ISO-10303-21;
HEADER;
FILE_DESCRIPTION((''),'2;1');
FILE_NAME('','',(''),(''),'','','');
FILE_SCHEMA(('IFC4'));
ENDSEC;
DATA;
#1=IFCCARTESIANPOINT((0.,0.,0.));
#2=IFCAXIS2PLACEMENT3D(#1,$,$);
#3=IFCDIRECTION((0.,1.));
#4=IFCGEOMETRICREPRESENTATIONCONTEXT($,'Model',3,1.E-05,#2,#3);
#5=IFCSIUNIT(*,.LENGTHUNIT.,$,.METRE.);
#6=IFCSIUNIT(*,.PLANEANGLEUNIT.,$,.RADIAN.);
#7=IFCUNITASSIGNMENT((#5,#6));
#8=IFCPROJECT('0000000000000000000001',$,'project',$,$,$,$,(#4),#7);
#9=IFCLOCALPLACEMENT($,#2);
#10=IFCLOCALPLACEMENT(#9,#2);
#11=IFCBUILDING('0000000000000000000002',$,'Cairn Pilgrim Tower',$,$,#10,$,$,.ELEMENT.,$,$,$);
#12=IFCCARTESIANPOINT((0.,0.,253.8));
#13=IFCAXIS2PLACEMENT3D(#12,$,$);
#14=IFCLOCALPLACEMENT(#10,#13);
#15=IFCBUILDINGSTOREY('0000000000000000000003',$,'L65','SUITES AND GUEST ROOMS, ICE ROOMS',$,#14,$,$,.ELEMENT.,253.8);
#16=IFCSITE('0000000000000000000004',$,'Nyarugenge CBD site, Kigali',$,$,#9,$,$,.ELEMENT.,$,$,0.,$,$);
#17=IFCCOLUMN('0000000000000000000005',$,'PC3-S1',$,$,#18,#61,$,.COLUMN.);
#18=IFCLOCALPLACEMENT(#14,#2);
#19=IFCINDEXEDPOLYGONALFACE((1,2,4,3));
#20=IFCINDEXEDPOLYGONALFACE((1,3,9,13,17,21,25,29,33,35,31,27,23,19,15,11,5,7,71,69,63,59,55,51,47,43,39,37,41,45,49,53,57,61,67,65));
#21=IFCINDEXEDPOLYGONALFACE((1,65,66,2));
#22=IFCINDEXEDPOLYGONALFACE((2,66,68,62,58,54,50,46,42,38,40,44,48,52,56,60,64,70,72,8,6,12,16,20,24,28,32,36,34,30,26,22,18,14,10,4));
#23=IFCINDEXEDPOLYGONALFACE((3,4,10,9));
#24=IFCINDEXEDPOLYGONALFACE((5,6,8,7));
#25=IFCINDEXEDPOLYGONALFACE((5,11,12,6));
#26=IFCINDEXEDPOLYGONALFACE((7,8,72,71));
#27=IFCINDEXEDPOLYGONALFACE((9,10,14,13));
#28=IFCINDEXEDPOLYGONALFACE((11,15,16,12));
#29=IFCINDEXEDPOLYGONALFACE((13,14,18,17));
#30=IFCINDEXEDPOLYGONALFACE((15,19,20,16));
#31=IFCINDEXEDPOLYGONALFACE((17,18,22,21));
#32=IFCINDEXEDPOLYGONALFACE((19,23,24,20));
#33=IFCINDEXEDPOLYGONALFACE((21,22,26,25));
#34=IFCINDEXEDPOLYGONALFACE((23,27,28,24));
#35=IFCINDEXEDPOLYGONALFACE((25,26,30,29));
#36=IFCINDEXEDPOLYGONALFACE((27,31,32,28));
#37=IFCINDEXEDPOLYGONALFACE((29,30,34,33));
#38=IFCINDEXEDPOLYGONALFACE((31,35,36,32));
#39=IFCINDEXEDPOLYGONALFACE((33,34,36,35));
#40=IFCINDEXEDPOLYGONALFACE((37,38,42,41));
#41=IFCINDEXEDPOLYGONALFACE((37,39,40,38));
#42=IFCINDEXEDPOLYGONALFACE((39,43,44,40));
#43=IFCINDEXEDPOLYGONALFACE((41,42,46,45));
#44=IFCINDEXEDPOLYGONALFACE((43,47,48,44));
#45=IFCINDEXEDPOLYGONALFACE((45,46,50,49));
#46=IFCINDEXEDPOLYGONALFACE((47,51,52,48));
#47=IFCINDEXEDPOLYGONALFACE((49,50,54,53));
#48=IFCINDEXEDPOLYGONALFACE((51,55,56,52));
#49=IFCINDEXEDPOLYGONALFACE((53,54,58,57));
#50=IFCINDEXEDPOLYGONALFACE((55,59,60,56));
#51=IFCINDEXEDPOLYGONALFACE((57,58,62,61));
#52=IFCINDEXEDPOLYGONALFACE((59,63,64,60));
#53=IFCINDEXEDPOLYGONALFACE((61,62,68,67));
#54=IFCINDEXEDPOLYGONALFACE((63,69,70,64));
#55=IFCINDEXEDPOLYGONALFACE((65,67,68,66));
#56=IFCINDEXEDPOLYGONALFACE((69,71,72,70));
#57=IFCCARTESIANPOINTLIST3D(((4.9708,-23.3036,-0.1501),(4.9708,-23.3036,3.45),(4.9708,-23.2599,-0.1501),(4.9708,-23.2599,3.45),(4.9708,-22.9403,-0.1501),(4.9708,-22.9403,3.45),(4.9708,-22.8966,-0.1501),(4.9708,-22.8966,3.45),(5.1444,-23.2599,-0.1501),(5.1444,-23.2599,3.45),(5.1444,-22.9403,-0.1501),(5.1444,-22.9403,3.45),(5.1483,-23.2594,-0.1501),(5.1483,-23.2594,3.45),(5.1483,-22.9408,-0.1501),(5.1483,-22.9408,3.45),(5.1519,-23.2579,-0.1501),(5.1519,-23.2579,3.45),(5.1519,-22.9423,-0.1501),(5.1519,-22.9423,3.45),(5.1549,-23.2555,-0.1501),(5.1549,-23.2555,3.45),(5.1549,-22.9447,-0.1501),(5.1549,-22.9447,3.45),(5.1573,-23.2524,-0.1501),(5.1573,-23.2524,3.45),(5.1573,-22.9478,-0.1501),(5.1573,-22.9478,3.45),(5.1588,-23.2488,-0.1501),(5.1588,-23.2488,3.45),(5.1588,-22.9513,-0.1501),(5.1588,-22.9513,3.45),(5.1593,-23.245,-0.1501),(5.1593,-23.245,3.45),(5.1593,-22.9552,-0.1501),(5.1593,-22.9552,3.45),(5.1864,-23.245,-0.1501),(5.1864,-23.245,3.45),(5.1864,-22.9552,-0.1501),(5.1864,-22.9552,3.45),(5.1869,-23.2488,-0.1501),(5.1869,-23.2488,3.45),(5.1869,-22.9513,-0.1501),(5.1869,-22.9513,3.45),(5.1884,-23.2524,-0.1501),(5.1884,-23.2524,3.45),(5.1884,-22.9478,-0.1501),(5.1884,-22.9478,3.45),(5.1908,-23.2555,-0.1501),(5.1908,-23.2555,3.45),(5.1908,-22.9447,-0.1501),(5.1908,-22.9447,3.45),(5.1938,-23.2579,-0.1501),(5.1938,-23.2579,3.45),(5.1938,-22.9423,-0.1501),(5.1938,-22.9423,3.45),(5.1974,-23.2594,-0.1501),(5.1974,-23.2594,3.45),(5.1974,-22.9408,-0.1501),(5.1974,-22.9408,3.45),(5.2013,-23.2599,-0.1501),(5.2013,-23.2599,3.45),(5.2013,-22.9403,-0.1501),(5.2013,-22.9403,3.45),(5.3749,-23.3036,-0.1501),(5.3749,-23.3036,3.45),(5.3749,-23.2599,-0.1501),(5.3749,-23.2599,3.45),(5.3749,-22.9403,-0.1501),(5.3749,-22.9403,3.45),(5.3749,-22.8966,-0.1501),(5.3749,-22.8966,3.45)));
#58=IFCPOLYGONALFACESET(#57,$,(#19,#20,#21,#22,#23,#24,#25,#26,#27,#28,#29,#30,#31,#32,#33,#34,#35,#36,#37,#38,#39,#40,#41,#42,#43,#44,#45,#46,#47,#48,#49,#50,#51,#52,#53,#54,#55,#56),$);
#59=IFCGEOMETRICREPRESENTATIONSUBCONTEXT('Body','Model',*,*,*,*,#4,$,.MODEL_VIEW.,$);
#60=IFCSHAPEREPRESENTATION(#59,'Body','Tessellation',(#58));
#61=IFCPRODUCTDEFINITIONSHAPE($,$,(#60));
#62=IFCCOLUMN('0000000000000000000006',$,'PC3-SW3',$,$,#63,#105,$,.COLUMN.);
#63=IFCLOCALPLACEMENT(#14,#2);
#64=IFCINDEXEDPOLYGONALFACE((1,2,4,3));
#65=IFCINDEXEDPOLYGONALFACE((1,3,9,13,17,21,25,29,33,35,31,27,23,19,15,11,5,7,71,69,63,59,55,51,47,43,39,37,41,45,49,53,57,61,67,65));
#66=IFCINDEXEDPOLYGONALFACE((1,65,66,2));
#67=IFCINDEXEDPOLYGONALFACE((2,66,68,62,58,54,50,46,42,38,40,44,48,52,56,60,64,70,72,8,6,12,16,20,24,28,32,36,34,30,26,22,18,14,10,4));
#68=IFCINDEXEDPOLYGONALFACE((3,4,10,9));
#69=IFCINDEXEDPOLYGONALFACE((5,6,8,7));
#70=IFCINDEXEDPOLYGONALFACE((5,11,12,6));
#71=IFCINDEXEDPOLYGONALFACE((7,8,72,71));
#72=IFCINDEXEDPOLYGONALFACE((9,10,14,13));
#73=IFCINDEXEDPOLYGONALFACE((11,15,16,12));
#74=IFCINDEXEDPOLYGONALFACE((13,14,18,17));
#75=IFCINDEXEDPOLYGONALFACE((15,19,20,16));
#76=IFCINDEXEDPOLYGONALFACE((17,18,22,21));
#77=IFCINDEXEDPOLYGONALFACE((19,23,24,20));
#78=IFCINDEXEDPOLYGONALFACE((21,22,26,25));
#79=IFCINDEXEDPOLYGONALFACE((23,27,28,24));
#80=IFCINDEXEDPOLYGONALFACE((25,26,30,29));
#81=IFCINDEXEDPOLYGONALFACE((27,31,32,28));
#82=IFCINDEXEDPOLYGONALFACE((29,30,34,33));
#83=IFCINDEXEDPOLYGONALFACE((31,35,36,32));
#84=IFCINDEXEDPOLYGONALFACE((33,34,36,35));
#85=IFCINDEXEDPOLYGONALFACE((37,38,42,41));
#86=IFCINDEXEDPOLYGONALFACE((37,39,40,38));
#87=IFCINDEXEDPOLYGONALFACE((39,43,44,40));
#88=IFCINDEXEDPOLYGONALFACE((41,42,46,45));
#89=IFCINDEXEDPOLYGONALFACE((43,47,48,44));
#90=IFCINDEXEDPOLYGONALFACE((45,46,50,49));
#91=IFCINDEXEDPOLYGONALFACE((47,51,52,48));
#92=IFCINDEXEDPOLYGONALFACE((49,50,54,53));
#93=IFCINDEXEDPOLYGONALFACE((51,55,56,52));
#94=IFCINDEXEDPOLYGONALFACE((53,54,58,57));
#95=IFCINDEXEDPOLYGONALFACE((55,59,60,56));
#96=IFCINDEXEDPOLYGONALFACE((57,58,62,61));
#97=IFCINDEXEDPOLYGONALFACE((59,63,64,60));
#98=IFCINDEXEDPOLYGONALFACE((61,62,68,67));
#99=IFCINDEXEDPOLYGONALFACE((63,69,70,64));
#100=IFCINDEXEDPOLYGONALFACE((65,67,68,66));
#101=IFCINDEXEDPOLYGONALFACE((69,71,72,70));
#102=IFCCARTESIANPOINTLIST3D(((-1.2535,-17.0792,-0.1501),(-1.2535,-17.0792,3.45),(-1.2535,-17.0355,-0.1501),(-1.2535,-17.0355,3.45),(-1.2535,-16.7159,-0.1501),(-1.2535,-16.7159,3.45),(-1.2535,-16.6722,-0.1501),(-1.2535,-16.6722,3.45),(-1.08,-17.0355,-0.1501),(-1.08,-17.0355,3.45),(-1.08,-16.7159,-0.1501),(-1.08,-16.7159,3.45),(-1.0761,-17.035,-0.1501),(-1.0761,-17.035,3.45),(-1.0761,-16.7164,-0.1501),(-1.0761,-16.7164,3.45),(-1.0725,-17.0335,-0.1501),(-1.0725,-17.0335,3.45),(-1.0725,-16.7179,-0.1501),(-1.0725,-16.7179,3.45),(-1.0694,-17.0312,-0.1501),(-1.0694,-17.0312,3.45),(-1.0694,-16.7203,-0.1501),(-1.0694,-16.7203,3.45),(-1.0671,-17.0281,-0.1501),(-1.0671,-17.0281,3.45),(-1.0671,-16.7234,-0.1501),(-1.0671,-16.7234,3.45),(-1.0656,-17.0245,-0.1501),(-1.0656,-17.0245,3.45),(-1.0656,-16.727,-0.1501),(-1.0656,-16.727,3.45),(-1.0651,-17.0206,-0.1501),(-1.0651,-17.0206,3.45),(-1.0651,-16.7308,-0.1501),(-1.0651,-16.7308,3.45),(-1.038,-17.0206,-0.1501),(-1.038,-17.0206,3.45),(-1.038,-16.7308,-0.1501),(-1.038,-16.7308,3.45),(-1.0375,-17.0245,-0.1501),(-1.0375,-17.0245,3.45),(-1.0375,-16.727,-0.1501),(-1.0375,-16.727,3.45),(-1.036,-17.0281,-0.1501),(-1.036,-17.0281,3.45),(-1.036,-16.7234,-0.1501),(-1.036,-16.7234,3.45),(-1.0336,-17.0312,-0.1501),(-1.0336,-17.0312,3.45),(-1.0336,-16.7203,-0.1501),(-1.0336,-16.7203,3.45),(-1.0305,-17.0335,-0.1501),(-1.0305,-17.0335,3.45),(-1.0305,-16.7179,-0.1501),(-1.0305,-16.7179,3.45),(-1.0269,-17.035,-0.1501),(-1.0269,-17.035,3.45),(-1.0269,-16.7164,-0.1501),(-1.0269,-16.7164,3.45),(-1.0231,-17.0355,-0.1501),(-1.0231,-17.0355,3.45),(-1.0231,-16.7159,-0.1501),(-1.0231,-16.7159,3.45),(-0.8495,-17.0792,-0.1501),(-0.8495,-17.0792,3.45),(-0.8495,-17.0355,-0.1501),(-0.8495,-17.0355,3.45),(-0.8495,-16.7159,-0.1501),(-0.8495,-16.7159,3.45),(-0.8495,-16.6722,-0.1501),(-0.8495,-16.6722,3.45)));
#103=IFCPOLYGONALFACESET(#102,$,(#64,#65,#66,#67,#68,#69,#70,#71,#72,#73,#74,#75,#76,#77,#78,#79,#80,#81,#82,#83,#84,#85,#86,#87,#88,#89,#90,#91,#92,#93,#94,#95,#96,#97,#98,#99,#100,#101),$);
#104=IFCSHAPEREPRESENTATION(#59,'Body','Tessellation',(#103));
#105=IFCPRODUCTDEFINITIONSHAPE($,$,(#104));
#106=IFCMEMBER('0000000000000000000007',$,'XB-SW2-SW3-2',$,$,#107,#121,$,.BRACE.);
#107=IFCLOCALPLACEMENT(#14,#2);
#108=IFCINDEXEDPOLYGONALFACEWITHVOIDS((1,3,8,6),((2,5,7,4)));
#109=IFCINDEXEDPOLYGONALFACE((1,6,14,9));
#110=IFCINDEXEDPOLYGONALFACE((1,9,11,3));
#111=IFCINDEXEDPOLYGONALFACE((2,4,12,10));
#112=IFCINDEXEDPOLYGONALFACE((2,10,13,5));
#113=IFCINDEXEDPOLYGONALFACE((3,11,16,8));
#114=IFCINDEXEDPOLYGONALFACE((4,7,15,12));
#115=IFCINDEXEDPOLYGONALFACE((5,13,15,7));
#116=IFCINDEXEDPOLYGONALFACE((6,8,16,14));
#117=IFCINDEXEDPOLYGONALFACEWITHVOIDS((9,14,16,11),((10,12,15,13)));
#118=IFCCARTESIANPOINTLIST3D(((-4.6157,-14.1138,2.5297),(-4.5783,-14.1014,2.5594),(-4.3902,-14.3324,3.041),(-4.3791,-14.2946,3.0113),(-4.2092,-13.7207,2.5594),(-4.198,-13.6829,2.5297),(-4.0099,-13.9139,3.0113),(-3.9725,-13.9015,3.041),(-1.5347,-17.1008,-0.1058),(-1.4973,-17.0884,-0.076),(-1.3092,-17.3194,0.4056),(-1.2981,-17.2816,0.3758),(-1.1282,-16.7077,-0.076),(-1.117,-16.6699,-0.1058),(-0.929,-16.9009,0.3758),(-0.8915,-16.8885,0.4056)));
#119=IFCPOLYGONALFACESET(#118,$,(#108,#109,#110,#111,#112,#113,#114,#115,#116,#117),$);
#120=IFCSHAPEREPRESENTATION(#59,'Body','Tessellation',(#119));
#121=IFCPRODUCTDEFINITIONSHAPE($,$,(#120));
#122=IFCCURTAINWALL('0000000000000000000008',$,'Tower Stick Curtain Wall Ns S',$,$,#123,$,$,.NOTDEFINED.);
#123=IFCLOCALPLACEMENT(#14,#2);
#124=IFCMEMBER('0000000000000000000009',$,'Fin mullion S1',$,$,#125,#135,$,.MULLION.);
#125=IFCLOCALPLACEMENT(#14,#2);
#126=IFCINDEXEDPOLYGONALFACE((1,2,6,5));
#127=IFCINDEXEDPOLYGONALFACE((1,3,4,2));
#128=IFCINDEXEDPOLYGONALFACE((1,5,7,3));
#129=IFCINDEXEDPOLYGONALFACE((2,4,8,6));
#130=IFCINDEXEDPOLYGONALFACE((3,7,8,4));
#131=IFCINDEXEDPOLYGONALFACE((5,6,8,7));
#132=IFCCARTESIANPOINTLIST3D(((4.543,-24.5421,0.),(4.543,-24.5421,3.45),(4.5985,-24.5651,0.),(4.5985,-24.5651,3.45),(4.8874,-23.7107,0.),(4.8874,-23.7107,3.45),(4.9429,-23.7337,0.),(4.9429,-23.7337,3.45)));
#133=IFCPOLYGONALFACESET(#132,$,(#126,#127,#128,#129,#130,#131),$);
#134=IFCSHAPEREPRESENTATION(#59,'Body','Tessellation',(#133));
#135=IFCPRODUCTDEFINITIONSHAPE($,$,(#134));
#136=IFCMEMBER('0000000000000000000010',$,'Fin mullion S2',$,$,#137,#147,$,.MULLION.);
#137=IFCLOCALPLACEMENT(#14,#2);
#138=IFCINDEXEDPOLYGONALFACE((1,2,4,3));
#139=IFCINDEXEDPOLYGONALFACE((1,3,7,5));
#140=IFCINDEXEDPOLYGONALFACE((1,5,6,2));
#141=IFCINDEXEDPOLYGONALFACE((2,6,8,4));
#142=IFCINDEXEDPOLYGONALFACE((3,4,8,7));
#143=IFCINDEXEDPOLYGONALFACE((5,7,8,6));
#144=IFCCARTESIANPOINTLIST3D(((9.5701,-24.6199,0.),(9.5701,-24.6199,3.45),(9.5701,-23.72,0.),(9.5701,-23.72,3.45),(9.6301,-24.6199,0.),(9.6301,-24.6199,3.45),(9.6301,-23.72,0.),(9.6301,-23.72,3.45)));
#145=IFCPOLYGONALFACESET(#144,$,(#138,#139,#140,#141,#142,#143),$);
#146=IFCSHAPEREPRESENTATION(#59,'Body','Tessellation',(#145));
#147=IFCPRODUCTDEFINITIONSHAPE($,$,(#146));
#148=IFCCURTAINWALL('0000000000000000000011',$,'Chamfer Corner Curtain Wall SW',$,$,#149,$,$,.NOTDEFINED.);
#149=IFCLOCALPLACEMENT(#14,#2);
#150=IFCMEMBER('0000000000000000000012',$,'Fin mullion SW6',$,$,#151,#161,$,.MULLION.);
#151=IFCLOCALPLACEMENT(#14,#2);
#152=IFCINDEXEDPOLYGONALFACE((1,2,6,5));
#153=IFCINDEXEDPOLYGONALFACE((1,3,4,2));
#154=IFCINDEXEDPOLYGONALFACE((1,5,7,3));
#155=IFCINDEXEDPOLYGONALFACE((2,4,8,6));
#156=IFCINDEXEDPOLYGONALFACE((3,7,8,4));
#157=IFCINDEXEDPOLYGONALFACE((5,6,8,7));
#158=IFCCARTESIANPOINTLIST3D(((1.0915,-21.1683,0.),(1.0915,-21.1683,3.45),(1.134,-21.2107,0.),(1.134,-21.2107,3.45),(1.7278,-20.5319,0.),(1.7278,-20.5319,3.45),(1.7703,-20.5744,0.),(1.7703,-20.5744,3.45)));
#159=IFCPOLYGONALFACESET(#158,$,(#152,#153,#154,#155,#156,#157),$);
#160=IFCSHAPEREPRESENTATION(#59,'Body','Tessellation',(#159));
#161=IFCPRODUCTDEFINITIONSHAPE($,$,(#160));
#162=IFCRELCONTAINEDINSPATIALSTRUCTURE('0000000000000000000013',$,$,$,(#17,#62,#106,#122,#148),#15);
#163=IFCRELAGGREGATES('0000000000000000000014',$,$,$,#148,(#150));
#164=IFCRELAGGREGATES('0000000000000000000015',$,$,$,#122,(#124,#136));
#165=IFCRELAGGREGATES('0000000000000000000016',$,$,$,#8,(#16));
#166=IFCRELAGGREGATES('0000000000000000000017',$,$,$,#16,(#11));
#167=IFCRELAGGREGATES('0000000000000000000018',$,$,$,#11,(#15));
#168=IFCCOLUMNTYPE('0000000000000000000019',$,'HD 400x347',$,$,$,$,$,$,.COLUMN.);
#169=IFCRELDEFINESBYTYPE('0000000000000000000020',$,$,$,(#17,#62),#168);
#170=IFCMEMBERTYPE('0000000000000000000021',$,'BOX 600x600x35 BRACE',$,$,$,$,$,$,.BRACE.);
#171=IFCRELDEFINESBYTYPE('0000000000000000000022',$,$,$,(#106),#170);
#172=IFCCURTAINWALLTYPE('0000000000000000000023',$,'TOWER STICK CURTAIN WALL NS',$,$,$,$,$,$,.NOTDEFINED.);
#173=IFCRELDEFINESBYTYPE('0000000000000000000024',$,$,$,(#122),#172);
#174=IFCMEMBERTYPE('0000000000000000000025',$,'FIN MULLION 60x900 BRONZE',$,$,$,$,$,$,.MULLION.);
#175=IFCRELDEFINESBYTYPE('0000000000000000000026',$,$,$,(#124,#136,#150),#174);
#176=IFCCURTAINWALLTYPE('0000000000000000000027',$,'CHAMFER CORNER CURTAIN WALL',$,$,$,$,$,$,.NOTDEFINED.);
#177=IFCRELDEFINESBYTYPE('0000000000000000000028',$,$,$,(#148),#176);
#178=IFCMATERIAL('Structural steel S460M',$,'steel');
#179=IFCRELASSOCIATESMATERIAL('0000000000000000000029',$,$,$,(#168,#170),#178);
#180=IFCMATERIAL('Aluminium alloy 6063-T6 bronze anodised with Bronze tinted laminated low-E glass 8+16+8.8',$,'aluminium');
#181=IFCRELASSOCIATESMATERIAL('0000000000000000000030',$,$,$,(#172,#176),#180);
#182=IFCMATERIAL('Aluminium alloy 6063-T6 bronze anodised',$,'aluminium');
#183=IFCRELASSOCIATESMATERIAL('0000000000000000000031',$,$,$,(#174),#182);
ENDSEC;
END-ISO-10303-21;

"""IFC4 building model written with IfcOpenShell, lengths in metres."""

from ifc_helpers import new_model, si_unit, direction, frame, origin, origin_2d, place, context, subcontext, project, spatial, rectangle, hollow_rectangle, i_section, extrude, material, material_profile, profile_set, type_object, element, aggregate, save


model = new_model("IFC4")

# Units and contexts
model_context = context("Model", 3, precision=1e-05, world=origin(), true_north=direction((0.0, 1.0)))
body_context = subcontext(model_context, "Body", "Model", "MODEL_VIEW")
ifc_project = project(units=[si_unit("LENGTHUNIT", "METRE"), si_unit("PLANEANGLEUNIT", "RADIAN")], contexts=[model_context])

# Site, building, storey
site_placement = place(None, origin())
site = spatial("IfcSite", under=ifc_project, at=site_placement, Name="Nyarugenge CBD site, Kigali", CompositionType="ELEMENT", RefElevation=0.0)
building_placement = place(site_placement, origin())
building = spatial("IfcBuilding", under=site, at=building_placement, Name="Cairn Pilgrim Tower", CompositionType="ELEMENT")
storey_placement = place(building_placement, frame((0.0, 0.0, 253.8)))
storey = spatial("IfcBuildingStorey", under=building, at=storey_placement, Name="L65", Description="SUITES AND GUEST ROOMS, ICE ROOMS", CompositionType="ELEMENT", Elevation=253.8)

# Columns
ifc_material_1 = material(Name="Structural steel S460M", Category="steel")
ifc_material_profile_1 = material_profile(ifc_material_1, i_section(OverallWidth=0.4041, OverallDepth=0.407, WebThickness=0.0271, FlangeThickness=0.0437, FilletRadius=0.0149, at=origin_2d()), Name="HD 400x347")
ifc_profile_set_1 = profile_set([ifc_material_profile_1], Name="Structural steel S460M")
column_type = type_object("IfcColumnType", Name="HD 400x347", PredefinedType="COLUMN", material=ifc_profile_set_1)
for number, where, z_axis, x_axis, name in (
    (1, (5.1729, -23.1001, -0.1501), (0.0, 0.0, 1.0), (1.0, 0.0, 0.0), "PC3-S1"),
    (2, (-1.0515, -16.8757, -0.1501), (0.0, 0.0, 1.0), (1.0, 0.0, 0.0), "PC3-SW3"),
):
    element("IfcColumn", number, at=place(storey_placement, frame(where, z_axis=z_axis, x_axis=x_axis)), inside=storey, type_object=column_type, Name=name, PredefinedType="COLUMN", context=body_context, shape_type="SweptSolid", body=[
        extrude(i_section(OverallWidth=0.4041, OverallDepth=0.407, WebThickness=0.0271, FlangeThickness=0.0437, FilletRadius=0.0149, at=origin_2d()), origin(), (0.0, 0.0, 1.0), 3.6001),
    ])

# Member
ifc_material_profile_2 = material_profile(ifc_material_1, hollow_rectangle(XDim=0.6001, YDim=0.6001, WallThickness=0.0349, at=origin_2d()), Name="BOX 600x600x35")
ifc_profile_set_2 = profile_set([ifc_material_profile_2], Name="Structural steel S460M")
member_type_1 = type_object("IfcMemberType", Name="BOX 600x600x35 BRACE", PredefinedType="BRACE", material=ifc_profile_set_2)
member_1_placement = place(storey_placement, frame((-1.2131, -16.9946, 0.1499), z_axis=(-0.611806, 0.593142, 0.523332), x_axis=(-0.69607, -0.717974, 0.0)))
element("IfcMember", 3, at=member_1_placement, inside=storey, type_object=member_type_1, Name="XB-SW2-SW3-2", PredefinedType="BRACE", context=body_context, shape_type="SweptSolid", body=[
    extrude(hollow_rectangle(XDim=0.6001, YDim=0.6001, WallThickness=0.0349, at=origin_2d()), origin(), (0.0, 0.0, 1.0), 5.0359),
])

# Curtain wall, members
ifc_material_2 = material(Name="Aluminium alloy 6063-T6 bronze anodised with Bronze tinted laminated low-E glass 8+16+8.8", Category="aluminium")
curtain_wall_type_1 = type_object("IfcCurtainWallType", Name="TOWER STICK CURTAIN WALL NS", PredefinedType="NOTDEFINED", material=ifc_material_2)
curtain_wall_1_placement = place(storey_placement, origin())
curtain_wall_1 = element("IfcCurtainWall", 4, at=curtain_wall_1_placement, inside=storey, type_object=curtain_wall_type_1, Name="Tower Stick Curtain Wall Ns S", PredefinedType="NOTDEFINED")
ifc_material_3 = material(Name="Aluminium alloy 6063-T6 bronze anodised", Category="aluminium")
ifc_material_profile_3 = material_profile(ifc_material_3, rectangle(XDim=0.8999, YDim=0.0601, at=origin_2d()), Name="FIN MULLION 60x900 BRONZE")
ifc_profile_set_3 = profile_set([ifc_material_profile_3], Name="Aluminium alloy 6063-T6 bronze anodised")
member_type_2 = type_object("IfcMemberType", Name="FIN MULLION 60x900 BRONZE", PredefinedType="MULLION", material=ifc_profile_set_3)
member_2_placement = place(storey_placement, frame((4.7429, -24.1379, 0.0), z_axis=(0.0, 0.0, 1.0), x_axis=(-0.382683, -0.92388, 0.0)))
member_2 = element("IfcMember", 5, at=member_2_placement, type_object=member_type_2, Name="Fin mullion S1", PredefinedType="MULLION", context=body_context, shape_type="SweptSolid", body=[
    extrude(rectangle(XDim=0.8999, YDim=0.0601, at=origin_2d()), origin(), (0.0, 0.0, 1.0), 3.45),
])
member_3_placement = place(storey_placement, frame((9.6001, -24.1699, 0.0), z_axis=(0.0, 0.0, 1.0), x_axis=(0.0, -1.0, 0.0)))
member_3 = element("IfcMember", 6, at=member_3_placement, type_object=member_type_2, Name="Fin mullion S2", PredefinedType="MULLION", context=body_context, shape_type="SweptSolid", body=[
    extrude(rectangle(XDim=0.8999, YDim=0.0601, at=origin_2d()), origin(), (0.0, 0.0, 1.0), 3.45),
])

# Curtain wall, member
curtain_wall_type_2 = type_object("IfcCurtainWallType", Name="CHAMFER CORNER CURTAIN WALL", PredefinedType="NOTDEFINED", material=ifc_material_2)
curtain_wall_2_placement = place(storey_placement, origin())
curtain_wall_2 = element("IfcCurtainWall", 7, at=curtain_wall_2_placement, inside=storey, type_object=curtain_wall_type_2, Name="Chamfer Corner Curtain Wall SW", PredefinedType="NOTDEFINED")
member_4_placement = place(storey_placement, frame((1.4309, -20.8713, 0.0), z_axis=(0.0, 0.0, 1.0), x_axis=(-0.707107, -0.707107, 0.0)))
member_4 = element("IfcMember", 8, at=member_4_placement, type_object=member_type_2, Name="Fin mullion SW6", PredefinedType="MULLION", context=body_context, shape_type="SweptSolid", body=[
    extrude(rectangle(XDim=0.8999, YDim=0.0601, at=origin_2d()), origin(), (0.0, 0.0, 1.0), 3.45),
])

aggregate(curtain_wall_2, [member_4])
aggregate(curtain_wall_1, [member_2, member_3])

save(model, "model.ifc")
